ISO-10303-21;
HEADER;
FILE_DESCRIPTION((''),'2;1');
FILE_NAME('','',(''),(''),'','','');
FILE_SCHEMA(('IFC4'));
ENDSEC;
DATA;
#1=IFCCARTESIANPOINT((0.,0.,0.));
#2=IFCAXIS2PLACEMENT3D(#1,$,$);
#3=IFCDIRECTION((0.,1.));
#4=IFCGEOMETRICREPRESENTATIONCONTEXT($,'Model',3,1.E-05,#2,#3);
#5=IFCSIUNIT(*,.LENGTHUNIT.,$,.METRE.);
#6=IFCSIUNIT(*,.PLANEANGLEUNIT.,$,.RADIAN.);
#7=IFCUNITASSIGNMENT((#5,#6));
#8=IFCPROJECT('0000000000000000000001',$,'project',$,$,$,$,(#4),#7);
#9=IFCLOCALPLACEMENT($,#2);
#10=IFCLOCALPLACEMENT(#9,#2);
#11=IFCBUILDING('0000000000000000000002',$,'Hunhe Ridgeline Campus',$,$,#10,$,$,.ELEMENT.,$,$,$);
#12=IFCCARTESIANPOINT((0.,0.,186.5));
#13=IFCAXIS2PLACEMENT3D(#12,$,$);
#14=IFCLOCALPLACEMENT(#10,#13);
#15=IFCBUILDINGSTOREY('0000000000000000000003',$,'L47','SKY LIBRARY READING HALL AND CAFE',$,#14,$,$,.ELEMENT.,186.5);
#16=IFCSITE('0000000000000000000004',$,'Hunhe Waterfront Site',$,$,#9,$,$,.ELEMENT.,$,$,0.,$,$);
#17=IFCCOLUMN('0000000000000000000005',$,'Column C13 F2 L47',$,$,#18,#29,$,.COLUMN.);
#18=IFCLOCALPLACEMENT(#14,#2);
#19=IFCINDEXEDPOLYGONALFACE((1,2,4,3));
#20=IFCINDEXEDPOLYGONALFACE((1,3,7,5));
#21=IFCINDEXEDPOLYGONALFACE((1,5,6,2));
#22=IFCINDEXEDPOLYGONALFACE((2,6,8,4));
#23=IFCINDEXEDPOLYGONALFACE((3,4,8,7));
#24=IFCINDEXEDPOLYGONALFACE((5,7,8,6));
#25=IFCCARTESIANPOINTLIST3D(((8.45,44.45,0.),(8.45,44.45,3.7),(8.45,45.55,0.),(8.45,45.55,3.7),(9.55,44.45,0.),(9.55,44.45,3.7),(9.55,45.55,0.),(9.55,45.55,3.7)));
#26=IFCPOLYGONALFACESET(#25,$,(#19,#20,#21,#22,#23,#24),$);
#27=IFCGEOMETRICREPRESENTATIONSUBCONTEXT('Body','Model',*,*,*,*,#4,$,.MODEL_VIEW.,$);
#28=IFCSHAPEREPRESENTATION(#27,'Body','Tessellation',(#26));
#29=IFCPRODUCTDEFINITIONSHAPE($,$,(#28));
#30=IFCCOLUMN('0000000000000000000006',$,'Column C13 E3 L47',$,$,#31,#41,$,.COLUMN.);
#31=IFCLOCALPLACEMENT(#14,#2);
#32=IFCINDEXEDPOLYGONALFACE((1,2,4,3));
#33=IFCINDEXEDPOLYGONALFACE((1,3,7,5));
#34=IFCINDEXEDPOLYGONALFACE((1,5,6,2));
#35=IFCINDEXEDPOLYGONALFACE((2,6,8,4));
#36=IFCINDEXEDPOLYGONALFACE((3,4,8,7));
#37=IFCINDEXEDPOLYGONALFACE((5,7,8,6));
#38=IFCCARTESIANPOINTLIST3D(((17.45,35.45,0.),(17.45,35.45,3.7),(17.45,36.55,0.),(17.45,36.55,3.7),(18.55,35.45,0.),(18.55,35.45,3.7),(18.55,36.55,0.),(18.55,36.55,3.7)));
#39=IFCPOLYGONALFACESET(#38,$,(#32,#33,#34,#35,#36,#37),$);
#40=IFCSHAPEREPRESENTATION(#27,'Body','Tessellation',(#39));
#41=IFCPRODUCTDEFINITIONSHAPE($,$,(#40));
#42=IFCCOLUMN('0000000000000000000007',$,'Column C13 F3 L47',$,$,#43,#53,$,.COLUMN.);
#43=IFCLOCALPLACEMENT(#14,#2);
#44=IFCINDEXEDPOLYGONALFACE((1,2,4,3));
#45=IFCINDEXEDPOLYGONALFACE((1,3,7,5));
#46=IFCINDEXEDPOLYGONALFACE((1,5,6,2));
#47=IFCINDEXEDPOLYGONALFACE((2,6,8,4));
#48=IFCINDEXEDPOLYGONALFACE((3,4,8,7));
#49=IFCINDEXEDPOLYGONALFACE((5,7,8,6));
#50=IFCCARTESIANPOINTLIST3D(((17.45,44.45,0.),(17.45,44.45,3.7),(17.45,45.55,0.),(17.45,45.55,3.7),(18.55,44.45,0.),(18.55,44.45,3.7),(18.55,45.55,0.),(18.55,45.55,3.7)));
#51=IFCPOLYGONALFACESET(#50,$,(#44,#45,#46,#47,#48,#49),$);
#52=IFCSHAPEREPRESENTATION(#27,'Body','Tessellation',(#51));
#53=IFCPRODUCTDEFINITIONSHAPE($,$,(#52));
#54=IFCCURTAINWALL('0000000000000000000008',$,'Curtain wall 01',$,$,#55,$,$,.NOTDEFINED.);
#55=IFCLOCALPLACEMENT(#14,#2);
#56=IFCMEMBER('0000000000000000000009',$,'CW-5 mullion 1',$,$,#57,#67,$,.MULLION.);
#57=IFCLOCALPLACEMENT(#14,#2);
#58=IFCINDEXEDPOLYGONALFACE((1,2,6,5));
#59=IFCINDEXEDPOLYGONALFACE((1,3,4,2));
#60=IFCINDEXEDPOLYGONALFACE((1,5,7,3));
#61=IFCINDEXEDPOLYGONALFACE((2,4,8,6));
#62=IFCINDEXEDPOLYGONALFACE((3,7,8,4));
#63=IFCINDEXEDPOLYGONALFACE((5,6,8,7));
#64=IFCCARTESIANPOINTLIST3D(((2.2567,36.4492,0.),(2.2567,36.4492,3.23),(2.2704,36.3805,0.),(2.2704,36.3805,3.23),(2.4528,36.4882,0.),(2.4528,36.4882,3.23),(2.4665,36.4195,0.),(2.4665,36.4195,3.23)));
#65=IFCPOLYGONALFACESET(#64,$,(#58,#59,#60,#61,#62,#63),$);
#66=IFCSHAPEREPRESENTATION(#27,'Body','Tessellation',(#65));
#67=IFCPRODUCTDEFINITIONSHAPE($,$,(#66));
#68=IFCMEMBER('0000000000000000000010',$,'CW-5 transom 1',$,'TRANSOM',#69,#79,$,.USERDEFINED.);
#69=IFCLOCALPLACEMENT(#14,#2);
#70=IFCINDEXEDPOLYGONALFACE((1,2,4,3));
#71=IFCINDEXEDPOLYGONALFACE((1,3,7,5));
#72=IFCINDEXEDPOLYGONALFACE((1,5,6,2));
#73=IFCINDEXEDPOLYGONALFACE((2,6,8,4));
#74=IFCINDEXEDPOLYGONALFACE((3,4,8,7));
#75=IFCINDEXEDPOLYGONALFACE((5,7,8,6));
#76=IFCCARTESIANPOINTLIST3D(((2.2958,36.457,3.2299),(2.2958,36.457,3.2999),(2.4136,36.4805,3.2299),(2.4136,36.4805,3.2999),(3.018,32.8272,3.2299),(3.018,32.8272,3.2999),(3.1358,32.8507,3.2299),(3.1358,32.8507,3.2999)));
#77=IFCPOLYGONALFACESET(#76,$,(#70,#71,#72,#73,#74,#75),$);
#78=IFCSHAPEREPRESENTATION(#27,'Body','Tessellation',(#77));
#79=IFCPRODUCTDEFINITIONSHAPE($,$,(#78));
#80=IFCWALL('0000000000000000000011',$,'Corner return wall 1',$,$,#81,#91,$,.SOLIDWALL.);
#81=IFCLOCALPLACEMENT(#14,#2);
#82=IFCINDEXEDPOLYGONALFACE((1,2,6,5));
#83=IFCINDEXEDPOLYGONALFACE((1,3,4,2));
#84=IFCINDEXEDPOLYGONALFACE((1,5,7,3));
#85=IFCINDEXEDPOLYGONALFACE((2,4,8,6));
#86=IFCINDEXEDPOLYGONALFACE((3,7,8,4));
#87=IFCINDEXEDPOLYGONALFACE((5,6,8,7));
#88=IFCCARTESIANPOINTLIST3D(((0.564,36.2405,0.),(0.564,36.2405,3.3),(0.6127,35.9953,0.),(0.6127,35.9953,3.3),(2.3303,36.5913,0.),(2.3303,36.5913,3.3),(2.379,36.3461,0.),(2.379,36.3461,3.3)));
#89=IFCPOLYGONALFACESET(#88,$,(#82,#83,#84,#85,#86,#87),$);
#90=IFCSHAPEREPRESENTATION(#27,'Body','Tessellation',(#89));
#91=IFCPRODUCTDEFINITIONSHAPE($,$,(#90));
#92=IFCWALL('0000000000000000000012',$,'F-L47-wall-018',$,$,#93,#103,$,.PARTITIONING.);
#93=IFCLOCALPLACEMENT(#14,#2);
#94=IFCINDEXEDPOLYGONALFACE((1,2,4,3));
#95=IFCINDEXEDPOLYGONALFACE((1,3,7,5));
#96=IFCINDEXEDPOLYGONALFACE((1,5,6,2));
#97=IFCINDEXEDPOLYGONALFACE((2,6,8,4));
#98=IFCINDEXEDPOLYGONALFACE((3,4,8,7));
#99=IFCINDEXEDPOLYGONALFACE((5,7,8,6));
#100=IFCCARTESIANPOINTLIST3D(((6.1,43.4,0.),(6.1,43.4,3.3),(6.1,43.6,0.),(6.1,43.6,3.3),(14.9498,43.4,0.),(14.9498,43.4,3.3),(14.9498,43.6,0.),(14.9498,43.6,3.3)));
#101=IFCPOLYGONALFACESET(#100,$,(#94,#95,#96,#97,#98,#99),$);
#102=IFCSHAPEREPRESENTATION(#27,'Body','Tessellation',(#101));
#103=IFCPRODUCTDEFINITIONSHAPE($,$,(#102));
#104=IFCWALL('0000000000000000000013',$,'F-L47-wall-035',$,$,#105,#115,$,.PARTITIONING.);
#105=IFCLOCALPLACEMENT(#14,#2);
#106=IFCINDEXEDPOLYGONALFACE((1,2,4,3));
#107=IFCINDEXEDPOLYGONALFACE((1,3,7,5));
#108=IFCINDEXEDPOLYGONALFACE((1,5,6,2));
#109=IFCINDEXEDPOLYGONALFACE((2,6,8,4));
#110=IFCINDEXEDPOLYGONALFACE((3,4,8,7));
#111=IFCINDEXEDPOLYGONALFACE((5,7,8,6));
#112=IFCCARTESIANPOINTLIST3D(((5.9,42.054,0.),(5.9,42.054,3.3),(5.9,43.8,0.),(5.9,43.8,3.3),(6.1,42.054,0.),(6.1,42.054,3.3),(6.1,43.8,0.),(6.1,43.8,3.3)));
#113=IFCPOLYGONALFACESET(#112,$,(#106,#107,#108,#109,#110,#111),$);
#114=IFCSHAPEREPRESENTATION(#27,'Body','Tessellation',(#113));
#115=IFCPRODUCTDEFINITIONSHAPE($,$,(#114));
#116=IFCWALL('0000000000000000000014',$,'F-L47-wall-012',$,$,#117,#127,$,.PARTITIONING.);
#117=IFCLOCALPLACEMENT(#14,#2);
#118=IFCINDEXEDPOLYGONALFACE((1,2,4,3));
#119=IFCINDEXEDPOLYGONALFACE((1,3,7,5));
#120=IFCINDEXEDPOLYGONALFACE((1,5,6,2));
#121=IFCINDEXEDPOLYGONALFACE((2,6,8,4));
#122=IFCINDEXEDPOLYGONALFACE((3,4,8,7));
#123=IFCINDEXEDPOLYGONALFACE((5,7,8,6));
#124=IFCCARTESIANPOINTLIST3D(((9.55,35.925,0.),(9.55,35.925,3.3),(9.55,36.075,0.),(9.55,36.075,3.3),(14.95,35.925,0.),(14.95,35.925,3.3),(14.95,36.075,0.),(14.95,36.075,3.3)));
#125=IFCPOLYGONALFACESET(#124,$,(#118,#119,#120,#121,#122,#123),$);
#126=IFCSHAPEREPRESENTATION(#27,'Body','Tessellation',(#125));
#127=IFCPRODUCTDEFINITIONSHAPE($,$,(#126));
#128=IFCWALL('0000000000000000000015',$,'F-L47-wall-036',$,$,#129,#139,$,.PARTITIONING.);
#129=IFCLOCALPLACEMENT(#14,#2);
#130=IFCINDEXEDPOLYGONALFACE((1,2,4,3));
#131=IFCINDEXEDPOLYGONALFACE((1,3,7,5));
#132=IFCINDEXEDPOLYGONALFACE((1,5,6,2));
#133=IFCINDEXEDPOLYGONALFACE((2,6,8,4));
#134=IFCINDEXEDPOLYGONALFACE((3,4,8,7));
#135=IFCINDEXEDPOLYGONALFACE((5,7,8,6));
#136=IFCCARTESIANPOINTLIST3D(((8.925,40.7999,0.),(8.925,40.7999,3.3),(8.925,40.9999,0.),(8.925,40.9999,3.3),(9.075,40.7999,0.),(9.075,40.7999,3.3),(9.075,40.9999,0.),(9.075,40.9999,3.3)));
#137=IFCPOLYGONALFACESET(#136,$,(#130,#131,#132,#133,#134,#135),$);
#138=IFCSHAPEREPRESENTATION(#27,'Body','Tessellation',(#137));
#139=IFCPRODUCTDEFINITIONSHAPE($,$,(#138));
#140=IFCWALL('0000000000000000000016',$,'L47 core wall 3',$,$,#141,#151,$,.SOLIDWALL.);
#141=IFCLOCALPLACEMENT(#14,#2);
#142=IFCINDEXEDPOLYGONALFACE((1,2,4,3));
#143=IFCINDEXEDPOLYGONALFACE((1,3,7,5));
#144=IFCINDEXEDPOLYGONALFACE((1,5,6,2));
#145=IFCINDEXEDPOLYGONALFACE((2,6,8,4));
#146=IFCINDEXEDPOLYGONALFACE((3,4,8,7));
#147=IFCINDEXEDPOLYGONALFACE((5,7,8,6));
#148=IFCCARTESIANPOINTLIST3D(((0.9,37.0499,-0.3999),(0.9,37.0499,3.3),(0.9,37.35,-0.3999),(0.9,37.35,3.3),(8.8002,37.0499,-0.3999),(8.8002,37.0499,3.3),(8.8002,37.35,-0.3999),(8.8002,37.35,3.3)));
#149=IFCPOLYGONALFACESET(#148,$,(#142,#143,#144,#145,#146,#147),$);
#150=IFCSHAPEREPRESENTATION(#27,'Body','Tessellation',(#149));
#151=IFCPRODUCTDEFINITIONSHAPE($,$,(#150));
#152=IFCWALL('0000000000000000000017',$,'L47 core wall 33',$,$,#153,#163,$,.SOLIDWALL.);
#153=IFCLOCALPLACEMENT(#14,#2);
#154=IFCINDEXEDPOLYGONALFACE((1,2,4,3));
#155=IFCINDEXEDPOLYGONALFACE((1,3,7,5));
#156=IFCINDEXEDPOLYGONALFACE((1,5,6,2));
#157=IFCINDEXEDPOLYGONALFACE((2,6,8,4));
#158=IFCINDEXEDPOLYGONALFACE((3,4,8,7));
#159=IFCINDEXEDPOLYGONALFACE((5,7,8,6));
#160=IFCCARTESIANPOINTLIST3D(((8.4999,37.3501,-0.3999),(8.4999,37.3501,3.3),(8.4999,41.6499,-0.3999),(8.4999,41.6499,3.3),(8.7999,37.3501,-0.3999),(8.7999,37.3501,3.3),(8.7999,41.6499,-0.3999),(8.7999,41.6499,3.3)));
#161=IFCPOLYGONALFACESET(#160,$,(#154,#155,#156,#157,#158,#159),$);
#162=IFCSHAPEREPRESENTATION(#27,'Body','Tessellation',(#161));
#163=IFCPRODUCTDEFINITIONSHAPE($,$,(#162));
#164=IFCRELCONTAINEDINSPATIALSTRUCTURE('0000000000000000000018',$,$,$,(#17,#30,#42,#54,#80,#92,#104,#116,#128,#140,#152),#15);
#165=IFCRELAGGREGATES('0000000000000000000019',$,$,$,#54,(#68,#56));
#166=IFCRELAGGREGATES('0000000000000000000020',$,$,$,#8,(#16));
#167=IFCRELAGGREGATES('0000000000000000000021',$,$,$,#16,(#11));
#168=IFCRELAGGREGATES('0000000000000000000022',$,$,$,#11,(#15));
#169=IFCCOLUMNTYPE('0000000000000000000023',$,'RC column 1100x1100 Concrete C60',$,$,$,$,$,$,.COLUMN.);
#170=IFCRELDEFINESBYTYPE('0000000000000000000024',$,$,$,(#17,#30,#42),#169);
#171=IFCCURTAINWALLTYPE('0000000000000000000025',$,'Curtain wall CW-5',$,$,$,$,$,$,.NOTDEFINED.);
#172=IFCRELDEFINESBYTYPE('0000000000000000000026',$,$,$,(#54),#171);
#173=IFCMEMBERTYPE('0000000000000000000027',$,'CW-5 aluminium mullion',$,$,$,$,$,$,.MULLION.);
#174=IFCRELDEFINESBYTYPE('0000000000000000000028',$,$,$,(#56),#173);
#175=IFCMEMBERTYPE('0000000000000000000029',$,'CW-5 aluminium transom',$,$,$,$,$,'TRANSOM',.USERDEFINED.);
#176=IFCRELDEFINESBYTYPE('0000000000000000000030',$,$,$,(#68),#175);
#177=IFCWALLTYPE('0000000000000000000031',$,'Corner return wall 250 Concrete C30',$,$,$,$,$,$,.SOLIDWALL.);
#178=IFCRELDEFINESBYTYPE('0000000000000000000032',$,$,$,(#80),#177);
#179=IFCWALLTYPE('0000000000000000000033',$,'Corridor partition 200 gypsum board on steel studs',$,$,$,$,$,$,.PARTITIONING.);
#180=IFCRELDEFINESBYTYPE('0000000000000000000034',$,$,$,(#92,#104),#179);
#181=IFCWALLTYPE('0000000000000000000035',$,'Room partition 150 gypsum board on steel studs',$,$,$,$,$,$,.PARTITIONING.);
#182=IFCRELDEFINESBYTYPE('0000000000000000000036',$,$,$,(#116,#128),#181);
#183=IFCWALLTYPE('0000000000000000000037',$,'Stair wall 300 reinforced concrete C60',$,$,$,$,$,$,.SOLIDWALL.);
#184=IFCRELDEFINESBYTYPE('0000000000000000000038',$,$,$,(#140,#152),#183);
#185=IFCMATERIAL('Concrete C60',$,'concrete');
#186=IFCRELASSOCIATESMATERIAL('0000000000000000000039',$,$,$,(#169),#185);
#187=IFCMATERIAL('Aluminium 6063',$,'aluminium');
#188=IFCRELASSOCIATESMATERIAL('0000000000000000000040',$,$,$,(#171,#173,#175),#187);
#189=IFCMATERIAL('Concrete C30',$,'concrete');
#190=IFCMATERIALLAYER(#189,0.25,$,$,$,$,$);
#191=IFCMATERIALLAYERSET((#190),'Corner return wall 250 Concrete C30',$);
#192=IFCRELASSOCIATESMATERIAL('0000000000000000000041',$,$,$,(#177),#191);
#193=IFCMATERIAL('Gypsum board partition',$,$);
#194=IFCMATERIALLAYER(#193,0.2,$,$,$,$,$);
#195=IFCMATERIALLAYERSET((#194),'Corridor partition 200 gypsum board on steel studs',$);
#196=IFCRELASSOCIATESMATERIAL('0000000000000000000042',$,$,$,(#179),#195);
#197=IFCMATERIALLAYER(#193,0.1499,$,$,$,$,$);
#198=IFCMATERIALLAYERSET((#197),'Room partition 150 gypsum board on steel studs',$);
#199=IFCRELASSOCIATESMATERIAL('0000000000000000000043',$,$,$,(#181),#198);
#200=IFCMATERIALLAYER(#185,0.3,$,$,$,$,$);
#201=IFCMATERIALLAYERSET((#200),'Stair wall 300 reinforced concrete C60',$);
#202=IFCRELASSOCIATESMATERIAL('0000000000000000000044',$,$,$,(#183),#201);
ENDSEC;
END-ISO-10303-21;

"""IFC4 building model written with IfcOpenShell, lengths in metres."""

from ifc_helpers import new_model, si_unit, direction, frame, frame_2d, origin, origin_2d, place, context, subcontext, project, spatial, rectangle, extrude, material, layer, layer_set, material_profile, profile_set, type_object, element, aggregate, save


model = new_model("IFC4")

# Units and contexts
model_context = context("Model", 3, precision=1e-05, world=origin(), true_north=direction((0.0, 1.0)))
body_context = subcontext(model_context, "Body", "Model", "MODEL_VIEW")
ifc_project = project(units=[si_unit("LENGTHUNIT", "METRE"), si_unit("PLANEANGLEUNIT", "RADIAN")], contexts=[model_context])

# Site, building, storey
site_placement = place(None, origin())
site = spatial("IfcSite", under=ifc_project, at=site_placement, Name="Hunhe Waterfront Site", CompositionType="ELEMENT", RefElevation=0.0)
building_placement = place(site_placement, origin())
building = spatial("IfcBuilding", under=site, at=building_placement, Name="Hunhe Ridgeline Campus", CompositionType="ELEMENT")
storey_placement = place(building_placement, frame((0.0, 0.0, 186.5)))
storey = spatial("IfcBuildingStorey", under=building, at=storey_placement, Name="L47", Description="SKY LIBRARY READING HALL AND CAFE", CompositionType="ELEMENT", Elevation=186.5)

# Columns
ifc_material_1 = material(Name="Concrete C60", Category="concrete")
ifc_material_profile_1 = material_profile(ifc_material_1, rectangle(XDim=1.1001, YDim=1.1001, at=origin_2d()))
ifc_profile_set_1 = profile_set([ifc_material_profile_1], Name="Concrete C60")
column_type = type_object("IfcColumnType", Name="RC column 1100x1100 Concrete C60", PredefinedType="COLUMN", material=ifc_profile_set_1)
for number, where, z_axis, x_axis, name in (
    (1, (9.0, 45.0, 0.0), (0.0, 0.0, 1.0), (1.0, 0.0, 0.0), "Column C13 F2 L47"),
    (2, (18.0, 36.0, 0.0), (0.0, 0.0, 1.0), (1.0, 0.0, 0.0), "Column C13 E3 L47"),
    (3, (18.0, 45.0, 0.0), (0.0, 0.0, 1.0), (1.0, 0.0, 0.0), "Column C13 F3 L47"),
):
    element("IfcColumn", number, at=place(storey_placement, frame(where, z_axis=z_axis, x_axis=x_axis)), inside=storey, type_object=column_type, Name=name, PredefinedType="COLUMN", context=body_context, shape_type="SweptSolid", body=[
        extrude(rectangle(XDim=1.1001, YDim=1.1001, at=origin_2d()), origin(), (0.0, 0.0, 1.0), 3.7),
    ])

# Curtain wall, members
ifc_material_2 = material(Name="Aluminium 6063", Category="aluminium")
curtain_wall_type = type_object("IfcCurtainWallType", Name="Curtain wall CW-5", PredefinedType="NOTDEFINED", material=ifc_material_2)
curtain_wall_placement = place(storey_placement, origin())
curtain_wall = element("IfcCurtainWall", 4, at=curtain_wall_placement, inside=storey, type_object=curtain_wall_type, Name="Curtain wall 01", PredefinedType="NOTDEFINED")
ifc_material_profile_2 = material_profile(ifc_material_2, rectangle(XDim=0.2, YDim=0.0701, at=origin_2d()))
ifc_profile_set_2 = profile_set([ifc_material_profile_2], Name="Aluminium 6063")
member_type_1 = type_object("IfcMemberType", Name="CW-5 aluminium mullion", PredefinedType="MULLION", material=ifc_profile_set_2)
member_1_placement = place(storey_placement, frame((2.3616, 36.4343, 0.0), z_axis=(0.0, 0.0, 1.0), x_axis=(0.980784, 0.195095, 0.0)))
member_1 = element("IfcMember", 5, at=member_1_placement, type_object=member_type_1, Name="CW-5 mullion 1", PredefinedType="MULLION", context=body_context, shape_type="SweptSolid", body=[
    extrude(rectangle(XDim=0.2, YDim=0.0701, at=origin_2d()), origin(), (0.0, 0.0, 1.0), 3.23),
])
ifc_material_profile_3 = material_profile(ifc_material_2, rectangle(XDim=0.1201, YDim=0.0701, at=origin_2d()))
ifc_profile_set_3 = profile_set([ifc_material_profile_3], Name="Aluminium 6063")
member_type_2 = type_object("IfcMemberType", Name="CW-5 aluminium transom", ElementType="TRANSOM", PredefinedType="USERDEFINED", material=ifc_profile_set_3)
member_2_placement = place(storey_placement, frame((2.3547, 36.4688, 3.2649), z_axis=(0.195127, -0.980778, 0.0), x_axis=(0.980778, 0.195127, 0.0)))
member_2 = element("IfcMember", 6, at=member_2_placement, type_object=member_type_2, Name="CW-5 transom 1", ObjectType="TRANSOM", PredefinedType="USERDEFINED", context=body_context, shape_type="SweptSolid", body=[
    extrude(rectangle(XDim=0.1201, YDim=0.0701, at=origin_2d()), origin(), (0.0, 0.0, 1.0), 3.7009),
])
aggregate(curtain_wall, [member_2, member_1])

# Wall
ifc_material_3 = material(Name="Concrete C30", Category="concrete")
ifc_layer_1 = layer(ifc_material_3, 0.25)
ifc_layer_set_1 = layer_set([ifc_layer_1], Name="Corner return wall 250 Concrete C30")
wall_type_1 = type_object("IfcWallType", Name="Corner return wall 250 Concrete C30", PredefinedType="SOLIDWALL", material=ifc_layer_set_1)
wall_1_placement = place(storey_placement, frame((0.5884, 36.1179, 0.0), z_axis=(0.0, 0.0, 1.0), x_axis=(0.980841, 0.194812, 0.0)))
element("IfcWall", 7, at=wall_1_placement, inside=storey, type_object=wall_type_1, Name="Corner return wall 1", PredefinedType="SOLIDWALL", context=body_context, shape_type="SweptSolid", body=[
    extrude(rectangle(XDim=1.8008, YDim=0.25, at=frame_2d((0.9004, 0.0))), origin(), (0.0, 0.0, 1.0), 3.3),
])

# Shared definitions
ifc_material_4 = material(Name="Gypsum board partition")
ifc_layer_2 = layer(ifc_material_4, 0.2)
ifc_layer_set_2 = layer_set([ifc_layer_2], Name="Corridor partition 200 gypsum board on steel studs")
wall_type_2 = type_object("IfcWallType", Name="Corridor partition 200 gypsum board on steel studs", PredefinedType="PARTITIONING", material=ifc_layer_set_2)

# Walls
wall_2_placement = place(storey_placement, frame((6.1001, 43.5, 0.0), z_axis=(0.0, 0.0, 1.0), x_axis=(1.0, 0.0, 0.0)))
element("IfcWall", 8, at=wall_2_placement, inside=storey, type_object=wall_type_2, Name="F-L47-wall-018", PredefinedType="PARTITIONING", context=body_context, shape_type="SweptSolid", body=[
    extrude(rectangle(XDim=8.8499, YDim=0.2, at=frame_2d((4.4248, 0.0))), origin(), (0.0, 0.0, 1.0), 3.3),
])
wall_3_placement = place(storey_placement, frame((6.0, 42.054, 0.0), z_axis=(0.0, 0.0, 1.0), x_axis=(0.0, 1.0, 0.0)))
element("IfcWall", 9, at=wall_3_placement, inside=storey, type_object=wall_type_2, Name="F-L47-wall-035", PredefinedType="PARTITIONING", context=body_context, shape_type="SweptSolid", body=[
    extrude(rectangle(XDim=1.7461, YDim=0.2, at=frame_2d((0.873, 0.0))), origin(), (0.0, 0.0, 1.0), 3.3),
])

# Walls
ifc_layer_3 = layer(ifc_material_4, 0.1499)
ifc_layer_set_3 = layer_set([ifc_layer_3], Name="Room partition 150 gypsum board on steel studs")
wall_type_3 = type_object("IfcWallType", Name="Room partition 150 gypsum board on steel studs", PredefinedType="PARTITIONING", material=ifc_layer_set_3)
wall_4_placement = place(storey_placement, frame((9.55, 36.0, 0.0), z_axis=(0.0, 0.0, 1.0), x_axis=(1.0, 0.0, 0.0)))
element("IfcWall", 10, at=wall_4_placement, inside=storey, type_object=wall_type_3, Name="F-L47-wall-012", PredefinedType="PARTITIONING", context=body_context, shape_type="SweptSolid", body=[
    extrude(rectangle(XDim=5.3999, YDim=0.1499, at=frame_2d((2.7, 0.0))), origin(), (0.0, 0.0, 1.0), 3.3),
])
wall_5_placement = place(storey_placement, frame((9.0, 41.0, 0.0), z_axis=(0.0, 0.0, 1.0), x_axis=(0.0, -1.0, 0.0)))
element("IfcWall", 11, at=wall_5_placement, inside=storey, type_object=wall_type_3, Name="F-L47-wall-036", PredefinedType="PARTITIONING", context=body_context, shape_type="SweptSolid", body=[
    extrude(rectangle(XDim=0.2, YDim=0.1499, at=frame_2d((0.1001, 0.0))), origin(), (0.0, 0.0, 1.0), 3.3),
])
ifc_layer_4 = layer(ifc_material_1, 0.3)
ifc_layer_set_4 = layer_set([ifc_layer_4], Name="Stair wall 300 reinforced concrete C60")
wall_type_4 = type_object("IfcWallType", Name="Stair wall 300 reinforced concrete C60", PredefinedType="SOLIDWALL", material=ifc_layer_set_4)
wall_6_placement = place(storey_placement, frame((0.8999, 37.2, -0.3999), z_axis=(0.0, 0.0, 1.0), x_axis=(1.0, 0.0, 0.0)))
element("IfcWall", 12, at=wall_6_placement, inside=storey, type_object=wall_type_4, Name="L47 core wall 3", PredefinedType="SOLIDWALL", context=body_context, shape_type="SweptSolid", body=[
    extrude(rectangle(XDim=7.9001, YDim=0.3, at=frame_2d((3.9502, 0.0))), origin(), (0.0, 0.0, 1.0), 3.7),
])

# Wall
wall_7_placement = place(storey_placement, frame((8.6499, 37.3501, -0.3999), z_axis=(0.0, 0.0, 1.0), x_axis=(0.0, 1.0, 0.0)))
element("IfcWall", 13, at=wall_7_placement, inside=storey, type_object=wall_type_4, Name="L47 core wall 33", PredefinedType="SOLIDWALL", context=body_context, shape_type="SweptSolid", body=[
    extrude(rectangle(XDim=4.2998, YDim=0.3, at=frame_2d((2.1499, 0.0))), origin(), (0.0, 0.0, 1.0), 3.7),
])

save(model, "model.ifc")
